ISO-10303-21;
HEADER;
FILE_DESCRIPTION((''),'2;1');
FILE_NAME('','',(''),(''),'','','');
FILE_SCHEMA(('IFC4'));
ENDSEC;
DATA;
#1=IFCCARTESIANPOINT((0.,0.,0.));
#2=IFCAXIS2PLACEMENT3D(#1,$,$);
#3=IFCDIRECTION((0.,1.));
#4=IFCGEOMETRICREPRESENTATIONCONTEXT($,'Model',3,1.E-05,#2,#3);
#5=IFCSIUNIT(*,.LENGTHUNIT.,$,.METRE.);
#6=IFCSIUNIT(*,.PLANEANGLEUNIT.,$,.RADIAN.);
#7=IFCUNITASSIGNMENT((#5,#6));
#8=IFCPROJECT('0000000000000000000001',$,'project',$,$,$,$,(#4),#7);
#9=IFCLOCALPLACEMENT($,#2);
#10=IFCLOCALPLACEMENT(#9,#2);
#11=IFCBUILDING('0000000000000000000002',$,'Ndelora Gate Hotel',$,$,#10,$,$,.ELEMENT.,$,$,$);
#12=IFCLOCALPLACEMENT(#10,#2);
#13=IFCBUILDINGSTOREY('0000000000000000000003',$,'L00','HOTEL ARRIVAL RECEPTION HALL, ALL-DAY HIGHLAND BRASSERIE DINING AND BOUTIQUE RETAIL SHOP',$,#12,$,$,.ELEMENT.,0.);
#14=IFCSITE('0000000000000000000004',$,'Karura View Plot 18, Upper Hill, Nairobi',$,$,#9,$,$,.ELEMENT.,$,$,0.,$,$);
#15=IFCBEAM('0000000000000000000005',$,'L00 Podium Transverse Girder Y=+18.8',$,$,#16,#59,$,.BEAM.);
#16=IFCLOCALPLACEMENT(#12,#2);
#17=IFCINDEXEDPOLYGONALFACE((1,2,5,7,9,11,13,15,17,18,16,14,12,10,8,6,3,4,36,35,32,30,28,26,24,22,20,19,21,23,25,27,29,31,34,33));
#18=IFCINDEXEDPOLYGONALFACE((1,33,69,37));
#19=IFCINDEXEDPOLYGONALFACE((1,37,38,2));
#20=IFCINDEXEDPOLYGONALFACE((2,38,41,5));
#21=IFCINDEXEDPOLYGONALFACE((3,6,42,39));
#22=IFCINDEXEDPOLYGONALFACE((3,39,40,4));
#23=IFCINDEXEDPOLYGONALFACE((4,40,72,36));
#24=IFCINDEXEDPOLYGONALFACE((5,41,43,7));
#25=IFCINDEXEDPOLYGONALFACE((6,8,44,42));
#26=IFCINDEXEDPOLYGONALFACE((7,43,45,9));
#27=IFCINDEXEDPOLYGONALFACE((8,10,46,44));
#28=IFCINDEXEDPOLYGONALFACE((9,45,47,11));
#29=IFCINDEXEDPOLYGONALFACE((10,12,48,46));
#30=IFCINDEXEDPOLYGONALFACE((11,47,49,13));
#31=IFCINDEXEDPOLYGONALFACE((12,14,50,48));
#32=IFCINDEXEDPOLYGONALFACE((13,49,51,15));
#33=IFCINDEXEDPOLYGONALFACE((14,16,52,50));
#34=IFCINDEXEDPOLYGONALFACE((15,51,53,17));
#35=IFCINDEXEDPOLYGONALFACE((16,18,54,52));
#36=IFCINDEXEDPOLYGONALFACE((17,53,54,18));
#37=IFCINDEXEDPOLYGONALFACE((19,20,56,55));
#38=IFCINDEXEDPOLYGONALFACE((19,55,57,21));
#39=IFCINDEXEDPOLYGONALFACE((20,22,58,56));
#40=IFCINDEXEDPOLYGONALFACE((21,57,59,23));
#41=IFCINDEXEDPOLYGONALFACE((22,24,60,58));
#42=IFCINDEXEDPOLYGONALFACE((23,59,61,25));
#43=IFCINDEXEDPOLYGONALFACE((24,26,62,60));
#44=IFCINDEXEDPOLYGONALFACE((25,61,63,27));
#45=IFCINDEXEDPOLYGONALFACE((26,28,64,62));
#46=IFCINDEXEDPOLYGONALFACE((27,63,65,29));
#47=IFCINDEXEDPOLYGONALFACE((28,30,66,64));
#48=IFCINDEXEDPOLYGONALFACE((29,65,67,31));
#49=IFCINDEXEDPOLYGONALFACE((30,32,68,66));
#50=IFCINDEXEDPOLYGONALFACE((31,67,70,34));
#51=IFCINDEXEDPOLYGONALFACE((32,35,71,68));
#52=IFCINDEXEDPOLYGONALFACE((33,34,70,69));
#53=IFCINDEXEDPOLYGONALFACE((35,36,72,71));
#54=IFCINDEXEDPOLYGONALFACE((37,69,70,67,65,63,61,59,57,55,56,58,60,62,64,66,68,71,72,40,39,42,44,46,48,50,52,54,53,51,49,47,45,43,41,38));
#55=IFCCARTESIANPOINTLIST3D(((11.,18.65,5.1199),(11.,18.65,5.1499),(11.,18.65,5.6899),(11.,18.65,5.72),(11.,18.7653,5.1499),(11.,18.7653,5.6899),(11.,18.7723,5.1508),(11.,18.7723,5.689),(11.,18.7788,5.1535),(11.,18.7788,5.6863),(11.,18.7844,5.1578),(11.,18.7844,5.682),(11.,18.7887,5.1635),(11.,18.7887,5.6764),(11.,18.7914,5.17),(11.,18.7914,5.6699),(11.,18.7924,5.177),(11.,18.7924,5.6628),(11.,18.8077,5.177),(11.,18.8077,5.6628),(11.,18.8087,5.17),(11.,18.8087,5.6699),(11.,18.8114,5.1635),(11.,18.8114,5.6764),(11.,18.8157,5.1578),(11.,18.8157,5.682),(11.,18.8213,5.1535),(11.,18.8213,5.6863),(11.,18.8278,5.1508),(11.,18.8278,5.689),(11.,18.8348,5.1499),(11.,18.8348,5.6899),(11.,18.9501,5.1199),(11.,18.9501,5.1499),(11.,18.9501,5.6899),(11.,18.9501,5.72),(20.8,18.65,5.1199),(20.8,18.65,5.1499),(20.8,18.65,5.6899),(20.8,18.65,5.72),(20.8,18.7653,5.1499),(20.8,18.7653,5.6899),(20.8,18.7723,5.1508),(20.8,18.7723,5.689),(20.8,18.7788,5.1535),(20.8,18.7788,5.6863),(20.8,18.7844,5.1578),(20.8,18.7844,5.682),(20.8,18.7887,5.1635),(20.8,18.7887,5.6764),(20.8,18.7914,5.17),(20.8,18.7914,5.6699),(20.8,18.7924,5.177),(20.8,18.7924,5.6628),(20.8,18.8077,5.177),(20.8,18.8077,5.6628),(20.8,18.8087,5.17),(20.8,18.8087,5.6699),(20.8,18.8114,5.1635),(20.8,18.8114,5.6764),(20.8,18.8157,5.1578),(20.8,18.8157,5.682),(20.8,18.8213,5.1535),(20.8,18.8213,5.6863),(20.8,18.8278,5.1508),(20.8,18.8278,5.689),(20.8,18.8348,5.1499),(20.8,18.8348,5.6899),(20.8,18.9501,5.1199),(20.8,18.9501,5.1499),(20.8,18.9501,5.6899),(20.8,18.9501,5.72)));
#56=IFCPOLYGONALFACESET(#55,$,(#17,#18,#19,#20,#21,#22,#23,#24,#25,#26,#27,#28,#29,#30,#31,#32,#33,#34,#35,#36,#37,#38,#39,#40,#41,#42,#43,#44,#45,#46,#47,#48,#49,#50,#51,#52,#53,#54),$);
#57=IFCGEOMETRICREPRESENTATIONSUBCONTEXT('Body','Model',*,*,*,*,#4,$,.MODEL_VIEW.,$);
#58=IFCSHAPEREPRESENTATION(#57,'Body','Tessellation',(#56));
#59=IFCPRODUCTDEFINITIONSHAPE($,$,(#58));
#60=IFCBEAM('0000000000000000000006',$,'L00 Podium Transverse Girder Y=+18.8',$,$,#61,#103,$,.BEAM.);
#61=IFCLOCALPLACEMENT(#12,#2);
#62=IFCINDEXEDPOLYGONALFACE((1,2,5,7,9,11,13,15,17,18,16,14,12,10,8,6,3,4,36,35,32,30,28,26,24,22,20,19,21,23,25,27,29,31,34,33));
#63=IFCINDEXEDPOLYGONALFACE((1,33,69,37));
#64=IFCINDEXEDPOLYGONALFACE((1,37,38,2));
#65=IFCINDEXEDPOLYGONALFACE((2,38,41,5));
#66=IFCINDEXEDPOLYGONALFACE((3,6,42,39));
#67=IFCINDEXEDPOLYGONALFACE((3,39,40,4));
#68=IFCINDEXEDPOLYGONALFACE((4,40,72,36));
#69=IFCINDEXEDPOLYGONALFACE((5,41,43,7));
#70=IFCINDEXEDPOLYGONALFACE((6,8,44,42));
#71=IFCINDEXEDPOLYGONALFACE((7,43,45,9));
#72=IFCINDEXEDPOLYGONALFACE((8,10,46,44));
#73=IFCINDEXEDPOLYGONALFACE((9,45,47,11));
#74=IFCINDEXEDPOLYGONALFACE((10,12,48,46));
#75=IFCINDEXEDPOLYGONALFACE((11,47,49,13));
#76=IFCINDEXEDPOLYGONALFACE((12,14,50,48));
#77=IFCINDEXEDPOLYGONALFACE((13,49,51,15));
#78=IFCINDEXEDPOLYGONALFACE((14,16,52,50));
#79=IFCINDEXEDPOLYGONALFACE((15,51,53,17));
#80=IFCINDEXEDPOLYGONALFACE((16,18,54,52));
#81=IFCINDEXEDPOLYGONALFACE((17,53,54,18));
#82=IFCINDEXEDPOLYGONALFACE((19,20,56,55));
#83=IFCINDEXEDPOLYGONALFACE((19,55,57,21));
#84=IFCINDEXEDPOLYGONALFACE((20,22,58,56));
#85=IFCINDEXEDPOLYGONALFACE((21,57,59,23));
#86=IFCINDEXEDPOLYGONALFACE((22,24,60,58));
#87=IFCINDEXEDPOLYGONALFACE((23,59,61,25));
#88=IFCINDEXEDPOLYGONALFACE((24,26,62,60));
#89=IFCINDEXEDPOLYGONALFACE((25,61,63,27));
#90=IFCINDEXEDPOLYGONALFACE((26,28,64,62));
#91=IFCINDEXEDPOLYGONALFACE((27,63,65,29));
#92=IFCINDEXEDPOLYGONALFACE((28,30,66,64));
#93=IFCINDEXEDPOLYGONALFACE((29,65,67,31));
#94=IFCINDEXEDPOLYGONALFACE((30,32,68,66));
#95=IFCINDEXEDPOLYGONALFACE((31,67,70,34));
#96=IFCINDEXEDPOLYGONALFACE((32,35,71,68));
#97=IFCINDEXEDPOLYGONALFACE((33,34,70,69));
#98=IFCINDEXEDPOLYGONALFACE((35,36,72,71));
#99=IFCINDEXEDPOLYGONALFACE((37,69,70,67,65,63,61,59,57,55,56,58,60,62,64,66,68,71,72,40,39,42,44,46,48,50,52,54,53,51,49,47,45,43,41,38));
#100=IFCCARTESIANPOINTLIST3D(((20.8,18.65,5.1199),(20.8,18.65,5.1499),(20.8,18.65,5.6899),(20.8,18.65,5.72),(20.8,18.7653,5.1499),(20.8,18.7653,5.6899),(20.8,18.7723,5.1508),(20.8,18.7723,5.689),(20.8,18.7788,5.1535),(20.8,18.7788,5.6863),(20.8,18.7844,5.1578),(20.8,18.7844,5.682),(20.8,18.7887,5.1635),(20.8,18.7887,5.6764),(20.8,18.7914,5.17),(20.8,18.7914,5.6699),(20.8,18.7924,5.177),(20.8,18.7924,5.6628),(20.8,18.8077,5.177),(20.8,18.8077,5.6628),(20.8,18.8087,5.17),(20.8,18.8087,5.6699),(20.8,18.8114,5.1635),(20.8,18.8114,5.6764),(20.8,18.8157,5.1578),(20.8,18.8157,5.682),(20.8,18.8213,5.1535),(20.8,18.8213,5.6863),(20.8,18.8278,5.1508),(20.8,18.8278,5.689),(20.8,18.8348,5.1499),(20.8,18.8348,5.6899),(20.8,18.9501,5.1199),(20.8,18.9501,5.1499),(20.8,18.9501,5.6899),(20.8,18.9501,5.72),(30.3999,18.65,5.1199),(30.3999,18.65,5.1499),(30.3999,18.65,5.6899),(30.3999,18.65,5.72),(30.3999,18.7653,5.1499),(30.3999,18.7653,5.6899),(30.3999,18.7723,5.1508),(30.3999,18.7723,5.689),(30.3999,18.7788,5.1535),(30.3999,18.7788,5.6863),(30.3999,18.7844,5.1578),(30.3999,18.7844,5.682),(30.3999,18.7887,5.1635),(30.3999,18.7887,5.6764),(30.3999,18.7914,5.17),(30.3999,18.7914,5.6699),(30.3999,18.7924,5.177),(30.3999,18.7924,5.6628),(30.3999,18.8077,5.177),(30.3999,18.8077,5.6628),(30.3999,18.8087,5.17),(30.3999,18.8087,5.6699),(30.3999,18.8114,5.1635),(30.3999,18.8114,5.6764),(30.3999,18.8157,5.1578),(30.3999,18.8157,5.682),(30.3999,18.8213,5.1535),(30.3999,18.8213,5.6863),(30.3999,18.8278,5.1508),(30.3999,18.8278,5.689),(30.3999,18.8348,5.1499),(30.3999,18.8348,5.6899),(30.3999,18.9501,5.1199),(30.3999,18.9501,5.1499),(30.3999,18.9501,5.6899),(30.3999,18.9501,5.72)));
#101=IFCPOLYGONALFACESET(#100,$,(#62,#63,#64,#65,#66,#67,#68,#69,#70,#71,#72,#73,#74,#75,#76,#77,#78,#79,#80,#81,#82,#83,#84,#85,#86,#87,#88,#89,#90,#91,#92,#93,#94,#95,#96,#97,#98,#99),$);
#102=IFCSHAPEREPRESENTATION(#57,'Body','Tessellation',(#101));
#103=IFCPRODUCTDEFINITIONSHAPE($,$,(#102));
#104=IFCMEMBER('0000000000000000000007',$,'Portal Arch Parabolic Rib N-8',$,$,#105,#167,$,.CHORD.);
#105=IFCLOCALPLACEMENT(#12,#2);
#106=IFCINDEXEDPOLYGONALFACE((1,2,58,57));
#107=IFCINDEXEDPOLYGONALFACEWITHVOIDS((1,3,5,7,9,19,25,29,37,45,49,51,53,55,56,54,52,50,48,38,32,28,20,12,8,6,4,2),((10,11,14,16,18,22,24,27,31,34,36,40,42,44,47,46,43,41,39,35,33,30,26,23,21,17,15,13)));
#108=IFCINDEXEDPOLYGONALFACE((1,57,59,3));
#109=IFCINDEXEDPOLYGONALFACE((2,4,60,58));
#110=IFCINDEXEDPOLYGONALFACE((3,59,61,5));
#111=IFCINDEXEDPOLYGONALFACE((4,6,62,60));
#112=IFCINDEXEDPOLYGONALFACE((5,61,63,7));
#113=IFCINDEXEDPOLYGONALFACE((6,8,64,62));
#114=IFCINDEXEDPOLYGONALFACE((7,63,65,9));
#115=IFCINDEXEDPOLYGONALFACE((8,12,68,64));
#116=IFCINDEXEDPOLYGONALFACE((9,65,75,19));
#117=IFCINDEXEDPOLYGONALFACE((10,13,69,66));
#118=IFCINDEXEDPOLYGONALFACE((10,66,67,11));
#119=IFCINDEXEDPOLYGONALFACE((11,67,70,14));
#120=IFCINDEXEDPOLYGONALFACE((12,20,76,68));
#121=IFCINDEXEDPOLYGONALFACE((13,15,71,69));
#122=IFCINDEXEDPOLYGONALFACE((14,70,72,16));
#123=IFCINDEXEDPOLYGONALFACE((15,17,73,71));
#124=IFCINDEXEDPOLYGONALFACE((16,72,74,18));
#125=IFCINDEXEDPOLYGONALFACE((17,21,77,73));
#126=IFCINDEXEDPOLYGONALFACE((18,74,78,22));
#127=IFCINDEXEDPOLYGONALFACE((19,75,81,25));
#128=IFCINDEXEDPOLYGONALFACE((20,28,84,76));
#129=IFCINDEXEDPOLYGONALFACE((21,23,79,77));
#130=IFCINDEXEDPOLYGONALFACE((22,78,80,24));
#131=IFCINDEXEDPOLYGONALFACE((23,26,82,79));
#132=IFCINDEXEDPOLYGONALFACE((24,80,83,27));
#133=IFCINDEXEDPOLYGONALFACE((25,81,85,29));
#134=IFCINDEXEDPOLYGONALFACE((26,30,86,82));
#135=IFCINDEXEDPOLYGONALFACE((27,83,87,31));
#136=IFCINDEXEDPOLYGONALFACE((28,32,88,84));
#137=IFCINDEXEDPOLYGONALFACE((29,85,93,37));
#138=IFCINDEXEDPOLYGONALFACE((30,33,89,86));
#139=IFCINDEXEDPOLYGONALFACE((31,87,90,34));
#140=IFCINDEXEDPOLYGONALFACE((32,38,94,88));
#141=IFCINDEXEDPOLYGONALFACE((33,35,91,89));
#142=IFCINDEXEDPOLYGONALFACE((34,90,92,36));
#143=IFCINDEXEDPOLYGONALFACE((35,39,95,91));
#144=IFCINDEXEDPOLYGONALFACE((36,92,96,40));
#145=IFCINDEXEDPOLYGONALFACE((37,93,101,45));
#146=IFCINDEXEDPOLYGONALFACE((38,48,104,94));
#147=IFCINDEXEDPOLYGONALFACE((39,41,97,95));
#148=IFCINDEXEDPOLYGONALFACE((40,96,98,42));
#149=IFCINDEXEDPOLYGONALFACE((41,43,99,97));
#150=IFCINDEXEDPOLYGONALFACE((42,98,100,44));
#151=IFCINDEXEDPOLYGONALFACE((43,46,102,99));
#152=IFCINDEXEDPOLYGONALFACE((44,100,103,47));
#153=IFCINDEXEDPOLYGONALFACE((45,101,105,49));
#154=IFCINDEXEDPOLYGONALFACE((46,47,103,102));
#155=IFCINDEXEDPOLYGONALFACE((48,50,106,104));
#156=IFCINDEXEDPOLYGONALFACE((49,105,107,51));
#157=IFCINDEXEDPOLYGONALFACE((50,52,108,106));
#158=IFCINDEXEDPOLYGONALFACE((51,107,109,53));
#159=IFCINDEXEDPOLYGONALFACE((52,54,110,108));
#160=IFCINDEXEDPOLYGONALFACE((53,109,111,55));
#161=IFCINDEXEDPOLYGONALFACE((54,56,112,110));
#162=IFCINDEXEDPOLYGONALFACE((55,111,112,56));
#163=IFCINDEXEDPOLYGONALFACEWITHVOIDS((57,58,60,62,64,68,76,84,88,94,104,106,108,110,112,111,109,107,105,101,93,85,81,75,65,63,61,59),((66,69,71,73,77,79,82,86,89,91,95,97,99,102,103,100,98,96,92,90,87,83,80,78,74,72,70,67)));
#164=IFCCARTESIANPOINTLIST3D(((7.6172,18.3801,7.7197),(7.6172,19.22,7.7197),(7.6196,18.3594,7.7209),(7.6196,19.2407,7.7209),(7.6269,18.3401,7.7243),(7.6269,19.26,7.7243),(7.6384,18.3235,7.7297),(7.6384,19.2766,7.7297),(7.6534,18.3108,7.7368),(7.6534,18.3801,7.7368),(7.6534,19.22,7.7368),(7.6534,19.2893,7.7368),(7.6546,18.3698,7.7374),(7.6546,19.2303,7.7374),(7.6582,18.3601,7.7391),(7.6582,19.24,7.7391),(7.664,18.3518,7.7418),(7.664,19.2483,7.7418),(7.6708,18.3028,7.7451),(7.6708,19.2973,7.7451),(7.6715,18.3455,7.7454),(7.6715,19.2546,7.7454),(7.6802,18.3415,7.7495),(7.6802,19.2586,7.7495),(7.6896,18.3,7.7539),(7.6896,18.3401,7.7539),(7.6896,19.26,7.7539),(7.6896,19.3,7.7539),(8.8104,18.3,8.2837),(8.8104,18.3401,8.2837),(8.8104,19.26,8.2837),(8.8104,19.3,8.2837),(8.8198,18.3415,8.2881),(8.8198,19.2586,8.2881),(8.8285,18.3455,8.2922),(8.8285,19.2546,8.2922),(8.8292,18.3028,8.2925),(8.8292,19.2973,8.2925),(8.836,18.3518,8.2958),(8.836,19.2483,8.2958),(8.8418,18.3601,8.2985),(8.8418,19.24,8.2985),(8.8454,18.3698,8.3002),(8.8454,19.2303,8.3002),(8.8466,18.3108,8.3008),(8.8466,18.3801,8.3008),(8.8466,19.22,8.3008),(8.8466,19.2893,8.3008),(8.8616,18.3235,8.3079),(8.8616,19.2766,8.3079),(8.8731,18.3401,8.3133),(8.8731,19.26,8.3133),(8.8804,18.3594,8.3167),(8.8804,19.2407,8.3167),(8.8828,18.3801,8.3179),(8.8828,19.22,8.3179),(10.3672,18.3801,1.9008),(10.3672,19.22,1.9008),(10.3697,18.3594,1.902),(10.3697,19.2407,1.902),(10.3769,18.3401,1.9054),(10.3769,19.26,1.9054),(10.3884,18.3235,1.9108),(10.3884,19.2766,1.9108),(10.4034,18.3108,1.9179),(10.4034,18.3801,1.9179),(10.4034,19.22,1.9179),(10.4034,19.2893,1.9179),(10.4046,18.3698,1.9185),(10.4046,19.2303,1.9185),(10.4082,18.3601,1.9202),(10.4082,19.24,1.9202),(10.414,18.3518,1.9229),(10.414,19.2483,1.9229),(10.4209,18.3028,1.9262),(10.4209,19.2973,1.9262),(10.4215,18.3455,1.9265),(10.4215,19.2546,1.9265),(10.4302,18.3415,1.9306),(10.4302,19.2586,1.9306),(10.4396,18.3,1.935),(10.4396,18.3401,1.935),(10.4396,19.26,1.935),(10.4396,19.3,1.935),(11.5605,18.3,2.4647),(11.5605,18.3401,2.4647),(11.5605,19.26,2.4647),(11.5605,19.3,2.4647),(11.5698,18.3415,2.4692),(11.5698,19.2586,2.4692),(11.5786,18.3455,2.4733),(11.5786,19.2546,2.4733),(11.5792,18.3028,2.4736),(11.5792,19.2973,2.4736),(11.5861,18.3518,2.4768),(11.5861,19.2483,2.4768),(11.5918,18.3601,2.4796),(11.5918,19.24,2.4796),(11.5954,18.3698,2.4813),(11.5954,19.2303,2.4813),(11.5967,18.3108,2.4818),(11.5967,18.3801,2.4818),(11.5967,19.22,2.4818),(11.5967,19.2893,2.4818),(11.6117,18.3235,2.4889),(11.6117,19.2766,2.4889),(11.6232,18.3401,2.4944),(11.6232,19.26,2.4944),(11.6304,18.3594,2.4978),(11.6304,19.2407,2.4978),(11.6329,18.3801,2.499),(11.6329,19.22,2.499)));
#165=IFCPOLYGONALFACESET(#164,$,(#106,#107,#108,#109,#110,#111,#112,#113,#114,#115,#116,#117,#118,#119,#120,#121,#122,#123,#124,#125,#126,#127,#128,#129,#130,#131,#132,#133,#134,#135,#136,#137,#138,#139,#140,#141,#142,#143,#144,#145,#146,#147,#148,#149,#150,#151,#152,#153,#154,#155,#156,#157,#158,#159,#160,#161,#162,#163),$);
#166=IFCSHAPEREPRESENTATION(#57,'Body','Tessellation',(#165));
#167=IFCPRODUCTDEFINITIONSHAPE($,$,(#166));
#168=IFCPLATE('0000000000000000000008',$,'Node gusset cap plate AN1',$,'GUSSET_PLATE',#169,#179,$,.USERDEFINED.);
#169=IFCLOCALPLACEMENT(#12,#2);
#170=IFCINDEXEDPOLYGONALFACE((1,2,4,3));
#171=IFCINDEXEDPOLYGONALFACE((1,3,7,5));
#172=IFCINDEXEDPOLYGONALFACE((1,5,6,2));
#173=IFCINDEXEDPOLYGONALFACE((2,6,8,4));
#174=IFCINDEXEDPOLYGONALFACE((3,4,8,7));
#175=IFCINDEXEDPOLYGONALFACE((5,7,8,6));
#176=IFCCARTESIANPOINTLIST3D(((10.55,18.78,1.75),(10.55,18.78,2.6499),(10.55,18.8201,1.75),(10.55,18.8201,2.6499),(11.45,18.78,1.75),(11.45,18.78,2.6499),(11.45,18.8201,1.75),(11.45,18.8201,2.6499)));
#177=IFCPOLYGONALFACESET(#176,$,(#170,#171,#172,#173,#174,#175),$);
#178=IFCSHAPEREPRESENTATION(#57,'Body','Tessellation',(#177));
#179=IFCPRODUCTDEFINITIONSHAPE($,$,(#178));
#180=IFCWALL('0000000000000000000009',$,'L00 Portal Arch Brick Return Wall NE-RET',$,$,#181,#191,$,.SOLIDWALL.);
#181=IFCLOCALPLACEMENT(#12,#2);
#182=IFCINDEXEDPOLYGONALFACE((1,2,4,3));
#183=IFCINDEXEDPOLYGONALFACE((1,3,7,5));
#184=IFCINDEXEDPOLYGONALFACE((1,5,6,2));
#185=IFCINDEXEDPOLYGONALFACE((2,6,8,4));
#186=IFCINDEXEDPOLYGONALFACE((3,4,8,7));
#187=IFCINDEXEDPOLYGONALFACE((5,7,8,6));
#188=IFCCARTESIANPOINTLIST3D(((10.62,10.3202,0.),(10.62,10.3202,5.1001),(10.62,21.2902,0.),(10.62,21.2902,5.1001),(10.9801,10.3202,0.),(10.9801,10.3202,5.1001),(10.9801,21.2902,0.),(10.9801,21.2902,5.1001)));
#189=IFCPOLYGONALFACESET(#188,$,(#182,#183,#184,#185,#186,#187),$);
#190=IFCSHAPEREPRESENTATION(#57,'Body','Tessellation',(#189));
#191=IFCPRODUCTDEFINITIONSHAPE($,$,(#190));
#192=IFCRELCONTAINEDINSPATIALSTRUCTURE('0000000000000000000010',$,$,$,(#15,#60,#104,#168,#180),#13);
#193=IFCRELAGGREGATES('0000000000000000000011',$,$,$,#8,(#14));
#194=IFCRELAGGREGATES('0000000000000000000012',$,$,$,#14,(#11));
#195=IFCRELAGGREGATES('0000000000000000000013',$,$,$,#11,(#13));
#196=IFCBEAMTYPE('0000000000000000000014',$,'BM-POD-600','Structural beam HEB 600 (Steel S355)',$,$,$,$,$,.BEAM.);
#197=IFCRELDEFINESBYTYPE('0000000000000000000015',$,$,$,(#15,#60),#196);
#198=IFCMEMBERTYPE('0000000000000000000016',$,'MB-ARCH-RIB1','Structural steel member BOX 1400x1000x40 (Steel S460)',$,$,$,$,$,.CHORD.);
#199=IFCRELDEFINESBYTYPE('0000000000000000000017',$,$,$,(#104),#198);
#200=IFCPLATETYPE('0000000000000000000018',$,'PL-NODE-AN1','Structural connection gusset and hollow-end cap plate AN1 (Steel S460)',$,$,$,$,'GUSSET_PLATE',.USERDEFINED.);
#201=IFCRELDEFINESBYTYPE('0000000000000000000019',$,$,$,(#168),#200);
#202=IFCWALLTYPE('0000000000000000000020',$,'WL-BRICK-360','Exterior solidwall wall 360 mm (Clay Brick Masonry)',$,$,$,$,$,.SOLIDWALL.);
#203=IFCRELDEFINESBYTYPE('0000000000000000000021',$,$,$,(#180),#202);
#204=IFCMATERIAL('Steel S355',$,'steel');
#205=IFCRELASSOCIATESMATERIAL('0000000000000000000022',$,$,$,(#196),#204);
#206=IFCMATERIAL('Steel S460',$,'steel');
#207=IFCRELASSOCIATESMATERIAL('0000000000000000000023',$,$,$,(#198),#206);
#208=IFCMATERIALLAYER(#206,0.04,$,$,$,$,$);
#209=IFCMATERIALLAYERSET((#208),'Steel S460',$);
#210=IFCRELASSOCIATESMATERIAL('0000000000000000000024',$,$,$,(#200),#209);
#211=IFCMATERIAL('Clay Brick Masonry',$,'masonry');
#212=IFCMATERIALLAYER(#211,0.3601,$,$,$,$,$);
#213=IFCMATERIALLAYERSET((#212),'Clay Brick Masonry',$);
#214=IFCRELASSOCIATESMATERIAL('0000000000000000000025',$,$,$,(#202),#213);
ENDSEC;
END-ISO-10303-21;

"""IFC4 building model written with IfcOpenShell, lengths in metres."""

from ifc_helpers import new_model, si_unit, direction, frame, frame_2d, origin, origin_2d, place, context, subcontext, project, spatial, rectangle, hollow_rectangle, i_section, extrude, material, layer, layer_set, material_profile, profile_set, type_object, element, save


model = new_model("IFC4")

# Units and contexts
model_context = context("Model", 3, precision=1e-05, world=origin(), true_north=direction((0.0, 1.0)))
body_context = subcontext(model_context, "Body", "Model", "MODEL_VIEW")
ifc_project = project(units=[si_unit("LENGTHUNIT", "METRE"), si_unit("PLANEANGLEUNIT", "RADIAN")], contexts=[model_context])

# Site, building, storey
site_placement = place(None, origin())
site = spatial("IfcSite", under=ifc_project, at=site_placement, Name="Karura View Plot 18, Upper Hill, Nairobi", CompositionType="ELEMENT", RefElevation=0.0)
building_placement = place(site_placement, origin())
building = spatial("IfcBuilding", under=site, at=building_placement, Name="Ndelora Gate Hotel", CompositionType="ELEMENT")
storey_placement = place(building_placement, origin())
storey = spatial("IfcBuildingStorey", under=building, at=storey_placement, Name="L00", Description="HOTEL ARRIVAL RECEPTION HALL, ALL-DAY HIGHLAND BRASSERIE DINING AND BOUTIQUE RETAIL SHOP", CompositionType="ELEMENT", Elevation=0.0)

# Beams
ifc_material_1 = material(Name="Steel S355", Category="steel")
ifc_material_profile_1 = material_profile(ifc_material_1, i_section(OverallWidth=0.3, OverallDepth=0.6001, WebThickness=0.0154, FlangeThickness=0.03, FilletRadius=0.0271, at=origin_2d()), Name="HEB 600")
ifc_profile_set_1 = profile_set([ifc_material_profile_1], Name="Steel S355")
beam_type_1 = type_object("IfcBeamType", Name="BM-POD-600", Description="Structural beam HEB 600 (Steel S355)", PredefinedType="BEAM", material=ifc_profile_set_1)
beam_1_placement = place(storey_placement, frame((11.0, 18.8, 5.4199), z_axis=(1.0, 0.0, 0.0), x_axis=(0.0, 1.0, 0.0)))
element("IfcBeam", 1, at=beam_1_placement, inside=storey, type_object=beam_type_1, Name="L00 Podium Transverse Girder Y=+18.8", PredefinedType="BEAM", context=body_context, shape_type="SweptSolid", body=[
    extrude(i_section(OverallWidth=0.3, OverallDepth=0.6001, WebThickness=0.0154, FlangeThickness=0.03, FilletRadius=0.0271, at=origin_2d()), origin(), (0.0, 0.0, 1.0), 9.8),
])
beam_2_placement = place(storey_placement, frame((20.8, 18.8, 5.4199), z_axis=(1.0, 0.0, 0.0), x_axis=(0.0, 1.0, 0.0)))
element("IfcBeam", 2, at=beam_2_placement, inside=storey, type_object=beam_type_1, Name="L00 Podium Transverse Girder Y=+18.8", PredefinedType="BEAM", context=body_context, shape_type="SweptSolid", body=[
    extrude(i_section(OverallWidth=0.3, OverallDepth=0.6001, WebThickness=0.0154, FlangeThickness=0.03, FilletRadius=0.0271, at=origin_2d()), origin(), (0.0, 0.0, 1.0), 9.5999),
])

# Member
ifc_material_2 = material(Name="Steel S460", Category="steel")
ifc_material_profile_2 = material_profile(ifc_material_2, hollow_rectangle(XDim=1.0, YDim=1.3999, WallThickness=0.04, InnerFilletRadius=0.04, OuterFilletRadius=0.0801, at=origin_2d()), Name="BOX 1400x1000x40")
ifc_profile_set_2 = profile_set([ifc_material_profile_2], Name="Steel S460")
member_type = type_object("IfcMemberType", Name="MB-ARCH-RIB1", Description="Structural steel member BOX 1400x1000x40 (Steel S460)", PredefinedType="CHORD", material=ifc_profile_set_2)
member_placement = place(storey_placement, frame((8.25, 18.8, 8.0188), z_axis=(0.427287, 0.0, -0.904116), x_axis=(0.0, 1.0, 0.0)))
element("IfcMember", 3, at=member_placement, inside=storey, type_object=member_type, Name="Portal Arch Parabolic Rib N-8", PredefinedType="CHORD", context=body_context, shape_type="SweptSolid", body=[
    extrude(hollow_rectangle(XDim=1.0, YDim=1.3999, WallThickness=0.04, InnerFilletRadius=0.04, OuterFilletRadius=0.0801, at=origin_2d()), origin(), (0.0, 0.0, 1.0), 6.436),
])

# Plate
ifc_layer_1 = layer(ifc_material_2, 0.04)
ifc_layer_set_1 = layer_set([ifc_layer_1], Name="Steel S460")
plate_type = type_object("IfcPlateType", Name="PL-NODE-AN1", Description="Structural connection gusset and hollow-end cap plate AN1 (Steel S460)", ElementType="GUSSET_PLATE", PredefinedType="USERDEFINED", material=ifc_layer_set_1)
plate_placement = place(storey_placement, frame((11.0, 18.8, 1.75), z_axis=(0.0, 0.0, 1.0), x_axis=(1.0, 0.0, 0.0)))
element("IfcPlate", 4, at=plate_placement, inside=storey, type_object=plate_type, Name="Node gusset cap plate AN1", ObjectType="GUSSET_PLATE", PredefinedType="USERDEFINED", context=body_context, shape_type="SweptSolid", body=[
    extrude(rectangle(XDim=0.8999, YDim=0.04, at=origin_2d()), origin(), (0.0, 0.0, 1.0), 0.8999),
])

# Wall
ifc_material_3 = material(Name="Clay Brick Masonry", Category="masonry")
ifc_layer_2 = layer(ifc_material_3, 0.3601)
ifc_layer_set_2 = layer_set([ifc_layer_2], Name="Clay Brick Masonry")
wall_type_1 = type_object("IfcWallType", Name="WL-BRICK-360", Description="Exterior solidwall wall 360 mm (Clay Brick Masonry)", PredefinedType="SOLIDWALL", material=ifc_layer_set_2)
wall_1_placement = place(storey_placement, frame((10.8, 21.29, 0.0), z_axis=(0.0, 0.0, 1.0), x_axis=(0.0, -1.0, 0.0)))
element("IfcWall", 5, at=wall_1_placement, inside=storey, type_object=wall_type_1, Name="L00 Portal Arch Brick Return Wall NE-RET", PredefinedType="SOLIDWALL", context=body_context, shape_type="SweptSolid", body=[
    extrude(rectangle(XDim=10.97, YDim=0.3601, at=frame_2d((5.4849, 0.0))), origin(), (0.0, 0.0, 1.0), 5.1001),
])

save(model, "model.ifc")
